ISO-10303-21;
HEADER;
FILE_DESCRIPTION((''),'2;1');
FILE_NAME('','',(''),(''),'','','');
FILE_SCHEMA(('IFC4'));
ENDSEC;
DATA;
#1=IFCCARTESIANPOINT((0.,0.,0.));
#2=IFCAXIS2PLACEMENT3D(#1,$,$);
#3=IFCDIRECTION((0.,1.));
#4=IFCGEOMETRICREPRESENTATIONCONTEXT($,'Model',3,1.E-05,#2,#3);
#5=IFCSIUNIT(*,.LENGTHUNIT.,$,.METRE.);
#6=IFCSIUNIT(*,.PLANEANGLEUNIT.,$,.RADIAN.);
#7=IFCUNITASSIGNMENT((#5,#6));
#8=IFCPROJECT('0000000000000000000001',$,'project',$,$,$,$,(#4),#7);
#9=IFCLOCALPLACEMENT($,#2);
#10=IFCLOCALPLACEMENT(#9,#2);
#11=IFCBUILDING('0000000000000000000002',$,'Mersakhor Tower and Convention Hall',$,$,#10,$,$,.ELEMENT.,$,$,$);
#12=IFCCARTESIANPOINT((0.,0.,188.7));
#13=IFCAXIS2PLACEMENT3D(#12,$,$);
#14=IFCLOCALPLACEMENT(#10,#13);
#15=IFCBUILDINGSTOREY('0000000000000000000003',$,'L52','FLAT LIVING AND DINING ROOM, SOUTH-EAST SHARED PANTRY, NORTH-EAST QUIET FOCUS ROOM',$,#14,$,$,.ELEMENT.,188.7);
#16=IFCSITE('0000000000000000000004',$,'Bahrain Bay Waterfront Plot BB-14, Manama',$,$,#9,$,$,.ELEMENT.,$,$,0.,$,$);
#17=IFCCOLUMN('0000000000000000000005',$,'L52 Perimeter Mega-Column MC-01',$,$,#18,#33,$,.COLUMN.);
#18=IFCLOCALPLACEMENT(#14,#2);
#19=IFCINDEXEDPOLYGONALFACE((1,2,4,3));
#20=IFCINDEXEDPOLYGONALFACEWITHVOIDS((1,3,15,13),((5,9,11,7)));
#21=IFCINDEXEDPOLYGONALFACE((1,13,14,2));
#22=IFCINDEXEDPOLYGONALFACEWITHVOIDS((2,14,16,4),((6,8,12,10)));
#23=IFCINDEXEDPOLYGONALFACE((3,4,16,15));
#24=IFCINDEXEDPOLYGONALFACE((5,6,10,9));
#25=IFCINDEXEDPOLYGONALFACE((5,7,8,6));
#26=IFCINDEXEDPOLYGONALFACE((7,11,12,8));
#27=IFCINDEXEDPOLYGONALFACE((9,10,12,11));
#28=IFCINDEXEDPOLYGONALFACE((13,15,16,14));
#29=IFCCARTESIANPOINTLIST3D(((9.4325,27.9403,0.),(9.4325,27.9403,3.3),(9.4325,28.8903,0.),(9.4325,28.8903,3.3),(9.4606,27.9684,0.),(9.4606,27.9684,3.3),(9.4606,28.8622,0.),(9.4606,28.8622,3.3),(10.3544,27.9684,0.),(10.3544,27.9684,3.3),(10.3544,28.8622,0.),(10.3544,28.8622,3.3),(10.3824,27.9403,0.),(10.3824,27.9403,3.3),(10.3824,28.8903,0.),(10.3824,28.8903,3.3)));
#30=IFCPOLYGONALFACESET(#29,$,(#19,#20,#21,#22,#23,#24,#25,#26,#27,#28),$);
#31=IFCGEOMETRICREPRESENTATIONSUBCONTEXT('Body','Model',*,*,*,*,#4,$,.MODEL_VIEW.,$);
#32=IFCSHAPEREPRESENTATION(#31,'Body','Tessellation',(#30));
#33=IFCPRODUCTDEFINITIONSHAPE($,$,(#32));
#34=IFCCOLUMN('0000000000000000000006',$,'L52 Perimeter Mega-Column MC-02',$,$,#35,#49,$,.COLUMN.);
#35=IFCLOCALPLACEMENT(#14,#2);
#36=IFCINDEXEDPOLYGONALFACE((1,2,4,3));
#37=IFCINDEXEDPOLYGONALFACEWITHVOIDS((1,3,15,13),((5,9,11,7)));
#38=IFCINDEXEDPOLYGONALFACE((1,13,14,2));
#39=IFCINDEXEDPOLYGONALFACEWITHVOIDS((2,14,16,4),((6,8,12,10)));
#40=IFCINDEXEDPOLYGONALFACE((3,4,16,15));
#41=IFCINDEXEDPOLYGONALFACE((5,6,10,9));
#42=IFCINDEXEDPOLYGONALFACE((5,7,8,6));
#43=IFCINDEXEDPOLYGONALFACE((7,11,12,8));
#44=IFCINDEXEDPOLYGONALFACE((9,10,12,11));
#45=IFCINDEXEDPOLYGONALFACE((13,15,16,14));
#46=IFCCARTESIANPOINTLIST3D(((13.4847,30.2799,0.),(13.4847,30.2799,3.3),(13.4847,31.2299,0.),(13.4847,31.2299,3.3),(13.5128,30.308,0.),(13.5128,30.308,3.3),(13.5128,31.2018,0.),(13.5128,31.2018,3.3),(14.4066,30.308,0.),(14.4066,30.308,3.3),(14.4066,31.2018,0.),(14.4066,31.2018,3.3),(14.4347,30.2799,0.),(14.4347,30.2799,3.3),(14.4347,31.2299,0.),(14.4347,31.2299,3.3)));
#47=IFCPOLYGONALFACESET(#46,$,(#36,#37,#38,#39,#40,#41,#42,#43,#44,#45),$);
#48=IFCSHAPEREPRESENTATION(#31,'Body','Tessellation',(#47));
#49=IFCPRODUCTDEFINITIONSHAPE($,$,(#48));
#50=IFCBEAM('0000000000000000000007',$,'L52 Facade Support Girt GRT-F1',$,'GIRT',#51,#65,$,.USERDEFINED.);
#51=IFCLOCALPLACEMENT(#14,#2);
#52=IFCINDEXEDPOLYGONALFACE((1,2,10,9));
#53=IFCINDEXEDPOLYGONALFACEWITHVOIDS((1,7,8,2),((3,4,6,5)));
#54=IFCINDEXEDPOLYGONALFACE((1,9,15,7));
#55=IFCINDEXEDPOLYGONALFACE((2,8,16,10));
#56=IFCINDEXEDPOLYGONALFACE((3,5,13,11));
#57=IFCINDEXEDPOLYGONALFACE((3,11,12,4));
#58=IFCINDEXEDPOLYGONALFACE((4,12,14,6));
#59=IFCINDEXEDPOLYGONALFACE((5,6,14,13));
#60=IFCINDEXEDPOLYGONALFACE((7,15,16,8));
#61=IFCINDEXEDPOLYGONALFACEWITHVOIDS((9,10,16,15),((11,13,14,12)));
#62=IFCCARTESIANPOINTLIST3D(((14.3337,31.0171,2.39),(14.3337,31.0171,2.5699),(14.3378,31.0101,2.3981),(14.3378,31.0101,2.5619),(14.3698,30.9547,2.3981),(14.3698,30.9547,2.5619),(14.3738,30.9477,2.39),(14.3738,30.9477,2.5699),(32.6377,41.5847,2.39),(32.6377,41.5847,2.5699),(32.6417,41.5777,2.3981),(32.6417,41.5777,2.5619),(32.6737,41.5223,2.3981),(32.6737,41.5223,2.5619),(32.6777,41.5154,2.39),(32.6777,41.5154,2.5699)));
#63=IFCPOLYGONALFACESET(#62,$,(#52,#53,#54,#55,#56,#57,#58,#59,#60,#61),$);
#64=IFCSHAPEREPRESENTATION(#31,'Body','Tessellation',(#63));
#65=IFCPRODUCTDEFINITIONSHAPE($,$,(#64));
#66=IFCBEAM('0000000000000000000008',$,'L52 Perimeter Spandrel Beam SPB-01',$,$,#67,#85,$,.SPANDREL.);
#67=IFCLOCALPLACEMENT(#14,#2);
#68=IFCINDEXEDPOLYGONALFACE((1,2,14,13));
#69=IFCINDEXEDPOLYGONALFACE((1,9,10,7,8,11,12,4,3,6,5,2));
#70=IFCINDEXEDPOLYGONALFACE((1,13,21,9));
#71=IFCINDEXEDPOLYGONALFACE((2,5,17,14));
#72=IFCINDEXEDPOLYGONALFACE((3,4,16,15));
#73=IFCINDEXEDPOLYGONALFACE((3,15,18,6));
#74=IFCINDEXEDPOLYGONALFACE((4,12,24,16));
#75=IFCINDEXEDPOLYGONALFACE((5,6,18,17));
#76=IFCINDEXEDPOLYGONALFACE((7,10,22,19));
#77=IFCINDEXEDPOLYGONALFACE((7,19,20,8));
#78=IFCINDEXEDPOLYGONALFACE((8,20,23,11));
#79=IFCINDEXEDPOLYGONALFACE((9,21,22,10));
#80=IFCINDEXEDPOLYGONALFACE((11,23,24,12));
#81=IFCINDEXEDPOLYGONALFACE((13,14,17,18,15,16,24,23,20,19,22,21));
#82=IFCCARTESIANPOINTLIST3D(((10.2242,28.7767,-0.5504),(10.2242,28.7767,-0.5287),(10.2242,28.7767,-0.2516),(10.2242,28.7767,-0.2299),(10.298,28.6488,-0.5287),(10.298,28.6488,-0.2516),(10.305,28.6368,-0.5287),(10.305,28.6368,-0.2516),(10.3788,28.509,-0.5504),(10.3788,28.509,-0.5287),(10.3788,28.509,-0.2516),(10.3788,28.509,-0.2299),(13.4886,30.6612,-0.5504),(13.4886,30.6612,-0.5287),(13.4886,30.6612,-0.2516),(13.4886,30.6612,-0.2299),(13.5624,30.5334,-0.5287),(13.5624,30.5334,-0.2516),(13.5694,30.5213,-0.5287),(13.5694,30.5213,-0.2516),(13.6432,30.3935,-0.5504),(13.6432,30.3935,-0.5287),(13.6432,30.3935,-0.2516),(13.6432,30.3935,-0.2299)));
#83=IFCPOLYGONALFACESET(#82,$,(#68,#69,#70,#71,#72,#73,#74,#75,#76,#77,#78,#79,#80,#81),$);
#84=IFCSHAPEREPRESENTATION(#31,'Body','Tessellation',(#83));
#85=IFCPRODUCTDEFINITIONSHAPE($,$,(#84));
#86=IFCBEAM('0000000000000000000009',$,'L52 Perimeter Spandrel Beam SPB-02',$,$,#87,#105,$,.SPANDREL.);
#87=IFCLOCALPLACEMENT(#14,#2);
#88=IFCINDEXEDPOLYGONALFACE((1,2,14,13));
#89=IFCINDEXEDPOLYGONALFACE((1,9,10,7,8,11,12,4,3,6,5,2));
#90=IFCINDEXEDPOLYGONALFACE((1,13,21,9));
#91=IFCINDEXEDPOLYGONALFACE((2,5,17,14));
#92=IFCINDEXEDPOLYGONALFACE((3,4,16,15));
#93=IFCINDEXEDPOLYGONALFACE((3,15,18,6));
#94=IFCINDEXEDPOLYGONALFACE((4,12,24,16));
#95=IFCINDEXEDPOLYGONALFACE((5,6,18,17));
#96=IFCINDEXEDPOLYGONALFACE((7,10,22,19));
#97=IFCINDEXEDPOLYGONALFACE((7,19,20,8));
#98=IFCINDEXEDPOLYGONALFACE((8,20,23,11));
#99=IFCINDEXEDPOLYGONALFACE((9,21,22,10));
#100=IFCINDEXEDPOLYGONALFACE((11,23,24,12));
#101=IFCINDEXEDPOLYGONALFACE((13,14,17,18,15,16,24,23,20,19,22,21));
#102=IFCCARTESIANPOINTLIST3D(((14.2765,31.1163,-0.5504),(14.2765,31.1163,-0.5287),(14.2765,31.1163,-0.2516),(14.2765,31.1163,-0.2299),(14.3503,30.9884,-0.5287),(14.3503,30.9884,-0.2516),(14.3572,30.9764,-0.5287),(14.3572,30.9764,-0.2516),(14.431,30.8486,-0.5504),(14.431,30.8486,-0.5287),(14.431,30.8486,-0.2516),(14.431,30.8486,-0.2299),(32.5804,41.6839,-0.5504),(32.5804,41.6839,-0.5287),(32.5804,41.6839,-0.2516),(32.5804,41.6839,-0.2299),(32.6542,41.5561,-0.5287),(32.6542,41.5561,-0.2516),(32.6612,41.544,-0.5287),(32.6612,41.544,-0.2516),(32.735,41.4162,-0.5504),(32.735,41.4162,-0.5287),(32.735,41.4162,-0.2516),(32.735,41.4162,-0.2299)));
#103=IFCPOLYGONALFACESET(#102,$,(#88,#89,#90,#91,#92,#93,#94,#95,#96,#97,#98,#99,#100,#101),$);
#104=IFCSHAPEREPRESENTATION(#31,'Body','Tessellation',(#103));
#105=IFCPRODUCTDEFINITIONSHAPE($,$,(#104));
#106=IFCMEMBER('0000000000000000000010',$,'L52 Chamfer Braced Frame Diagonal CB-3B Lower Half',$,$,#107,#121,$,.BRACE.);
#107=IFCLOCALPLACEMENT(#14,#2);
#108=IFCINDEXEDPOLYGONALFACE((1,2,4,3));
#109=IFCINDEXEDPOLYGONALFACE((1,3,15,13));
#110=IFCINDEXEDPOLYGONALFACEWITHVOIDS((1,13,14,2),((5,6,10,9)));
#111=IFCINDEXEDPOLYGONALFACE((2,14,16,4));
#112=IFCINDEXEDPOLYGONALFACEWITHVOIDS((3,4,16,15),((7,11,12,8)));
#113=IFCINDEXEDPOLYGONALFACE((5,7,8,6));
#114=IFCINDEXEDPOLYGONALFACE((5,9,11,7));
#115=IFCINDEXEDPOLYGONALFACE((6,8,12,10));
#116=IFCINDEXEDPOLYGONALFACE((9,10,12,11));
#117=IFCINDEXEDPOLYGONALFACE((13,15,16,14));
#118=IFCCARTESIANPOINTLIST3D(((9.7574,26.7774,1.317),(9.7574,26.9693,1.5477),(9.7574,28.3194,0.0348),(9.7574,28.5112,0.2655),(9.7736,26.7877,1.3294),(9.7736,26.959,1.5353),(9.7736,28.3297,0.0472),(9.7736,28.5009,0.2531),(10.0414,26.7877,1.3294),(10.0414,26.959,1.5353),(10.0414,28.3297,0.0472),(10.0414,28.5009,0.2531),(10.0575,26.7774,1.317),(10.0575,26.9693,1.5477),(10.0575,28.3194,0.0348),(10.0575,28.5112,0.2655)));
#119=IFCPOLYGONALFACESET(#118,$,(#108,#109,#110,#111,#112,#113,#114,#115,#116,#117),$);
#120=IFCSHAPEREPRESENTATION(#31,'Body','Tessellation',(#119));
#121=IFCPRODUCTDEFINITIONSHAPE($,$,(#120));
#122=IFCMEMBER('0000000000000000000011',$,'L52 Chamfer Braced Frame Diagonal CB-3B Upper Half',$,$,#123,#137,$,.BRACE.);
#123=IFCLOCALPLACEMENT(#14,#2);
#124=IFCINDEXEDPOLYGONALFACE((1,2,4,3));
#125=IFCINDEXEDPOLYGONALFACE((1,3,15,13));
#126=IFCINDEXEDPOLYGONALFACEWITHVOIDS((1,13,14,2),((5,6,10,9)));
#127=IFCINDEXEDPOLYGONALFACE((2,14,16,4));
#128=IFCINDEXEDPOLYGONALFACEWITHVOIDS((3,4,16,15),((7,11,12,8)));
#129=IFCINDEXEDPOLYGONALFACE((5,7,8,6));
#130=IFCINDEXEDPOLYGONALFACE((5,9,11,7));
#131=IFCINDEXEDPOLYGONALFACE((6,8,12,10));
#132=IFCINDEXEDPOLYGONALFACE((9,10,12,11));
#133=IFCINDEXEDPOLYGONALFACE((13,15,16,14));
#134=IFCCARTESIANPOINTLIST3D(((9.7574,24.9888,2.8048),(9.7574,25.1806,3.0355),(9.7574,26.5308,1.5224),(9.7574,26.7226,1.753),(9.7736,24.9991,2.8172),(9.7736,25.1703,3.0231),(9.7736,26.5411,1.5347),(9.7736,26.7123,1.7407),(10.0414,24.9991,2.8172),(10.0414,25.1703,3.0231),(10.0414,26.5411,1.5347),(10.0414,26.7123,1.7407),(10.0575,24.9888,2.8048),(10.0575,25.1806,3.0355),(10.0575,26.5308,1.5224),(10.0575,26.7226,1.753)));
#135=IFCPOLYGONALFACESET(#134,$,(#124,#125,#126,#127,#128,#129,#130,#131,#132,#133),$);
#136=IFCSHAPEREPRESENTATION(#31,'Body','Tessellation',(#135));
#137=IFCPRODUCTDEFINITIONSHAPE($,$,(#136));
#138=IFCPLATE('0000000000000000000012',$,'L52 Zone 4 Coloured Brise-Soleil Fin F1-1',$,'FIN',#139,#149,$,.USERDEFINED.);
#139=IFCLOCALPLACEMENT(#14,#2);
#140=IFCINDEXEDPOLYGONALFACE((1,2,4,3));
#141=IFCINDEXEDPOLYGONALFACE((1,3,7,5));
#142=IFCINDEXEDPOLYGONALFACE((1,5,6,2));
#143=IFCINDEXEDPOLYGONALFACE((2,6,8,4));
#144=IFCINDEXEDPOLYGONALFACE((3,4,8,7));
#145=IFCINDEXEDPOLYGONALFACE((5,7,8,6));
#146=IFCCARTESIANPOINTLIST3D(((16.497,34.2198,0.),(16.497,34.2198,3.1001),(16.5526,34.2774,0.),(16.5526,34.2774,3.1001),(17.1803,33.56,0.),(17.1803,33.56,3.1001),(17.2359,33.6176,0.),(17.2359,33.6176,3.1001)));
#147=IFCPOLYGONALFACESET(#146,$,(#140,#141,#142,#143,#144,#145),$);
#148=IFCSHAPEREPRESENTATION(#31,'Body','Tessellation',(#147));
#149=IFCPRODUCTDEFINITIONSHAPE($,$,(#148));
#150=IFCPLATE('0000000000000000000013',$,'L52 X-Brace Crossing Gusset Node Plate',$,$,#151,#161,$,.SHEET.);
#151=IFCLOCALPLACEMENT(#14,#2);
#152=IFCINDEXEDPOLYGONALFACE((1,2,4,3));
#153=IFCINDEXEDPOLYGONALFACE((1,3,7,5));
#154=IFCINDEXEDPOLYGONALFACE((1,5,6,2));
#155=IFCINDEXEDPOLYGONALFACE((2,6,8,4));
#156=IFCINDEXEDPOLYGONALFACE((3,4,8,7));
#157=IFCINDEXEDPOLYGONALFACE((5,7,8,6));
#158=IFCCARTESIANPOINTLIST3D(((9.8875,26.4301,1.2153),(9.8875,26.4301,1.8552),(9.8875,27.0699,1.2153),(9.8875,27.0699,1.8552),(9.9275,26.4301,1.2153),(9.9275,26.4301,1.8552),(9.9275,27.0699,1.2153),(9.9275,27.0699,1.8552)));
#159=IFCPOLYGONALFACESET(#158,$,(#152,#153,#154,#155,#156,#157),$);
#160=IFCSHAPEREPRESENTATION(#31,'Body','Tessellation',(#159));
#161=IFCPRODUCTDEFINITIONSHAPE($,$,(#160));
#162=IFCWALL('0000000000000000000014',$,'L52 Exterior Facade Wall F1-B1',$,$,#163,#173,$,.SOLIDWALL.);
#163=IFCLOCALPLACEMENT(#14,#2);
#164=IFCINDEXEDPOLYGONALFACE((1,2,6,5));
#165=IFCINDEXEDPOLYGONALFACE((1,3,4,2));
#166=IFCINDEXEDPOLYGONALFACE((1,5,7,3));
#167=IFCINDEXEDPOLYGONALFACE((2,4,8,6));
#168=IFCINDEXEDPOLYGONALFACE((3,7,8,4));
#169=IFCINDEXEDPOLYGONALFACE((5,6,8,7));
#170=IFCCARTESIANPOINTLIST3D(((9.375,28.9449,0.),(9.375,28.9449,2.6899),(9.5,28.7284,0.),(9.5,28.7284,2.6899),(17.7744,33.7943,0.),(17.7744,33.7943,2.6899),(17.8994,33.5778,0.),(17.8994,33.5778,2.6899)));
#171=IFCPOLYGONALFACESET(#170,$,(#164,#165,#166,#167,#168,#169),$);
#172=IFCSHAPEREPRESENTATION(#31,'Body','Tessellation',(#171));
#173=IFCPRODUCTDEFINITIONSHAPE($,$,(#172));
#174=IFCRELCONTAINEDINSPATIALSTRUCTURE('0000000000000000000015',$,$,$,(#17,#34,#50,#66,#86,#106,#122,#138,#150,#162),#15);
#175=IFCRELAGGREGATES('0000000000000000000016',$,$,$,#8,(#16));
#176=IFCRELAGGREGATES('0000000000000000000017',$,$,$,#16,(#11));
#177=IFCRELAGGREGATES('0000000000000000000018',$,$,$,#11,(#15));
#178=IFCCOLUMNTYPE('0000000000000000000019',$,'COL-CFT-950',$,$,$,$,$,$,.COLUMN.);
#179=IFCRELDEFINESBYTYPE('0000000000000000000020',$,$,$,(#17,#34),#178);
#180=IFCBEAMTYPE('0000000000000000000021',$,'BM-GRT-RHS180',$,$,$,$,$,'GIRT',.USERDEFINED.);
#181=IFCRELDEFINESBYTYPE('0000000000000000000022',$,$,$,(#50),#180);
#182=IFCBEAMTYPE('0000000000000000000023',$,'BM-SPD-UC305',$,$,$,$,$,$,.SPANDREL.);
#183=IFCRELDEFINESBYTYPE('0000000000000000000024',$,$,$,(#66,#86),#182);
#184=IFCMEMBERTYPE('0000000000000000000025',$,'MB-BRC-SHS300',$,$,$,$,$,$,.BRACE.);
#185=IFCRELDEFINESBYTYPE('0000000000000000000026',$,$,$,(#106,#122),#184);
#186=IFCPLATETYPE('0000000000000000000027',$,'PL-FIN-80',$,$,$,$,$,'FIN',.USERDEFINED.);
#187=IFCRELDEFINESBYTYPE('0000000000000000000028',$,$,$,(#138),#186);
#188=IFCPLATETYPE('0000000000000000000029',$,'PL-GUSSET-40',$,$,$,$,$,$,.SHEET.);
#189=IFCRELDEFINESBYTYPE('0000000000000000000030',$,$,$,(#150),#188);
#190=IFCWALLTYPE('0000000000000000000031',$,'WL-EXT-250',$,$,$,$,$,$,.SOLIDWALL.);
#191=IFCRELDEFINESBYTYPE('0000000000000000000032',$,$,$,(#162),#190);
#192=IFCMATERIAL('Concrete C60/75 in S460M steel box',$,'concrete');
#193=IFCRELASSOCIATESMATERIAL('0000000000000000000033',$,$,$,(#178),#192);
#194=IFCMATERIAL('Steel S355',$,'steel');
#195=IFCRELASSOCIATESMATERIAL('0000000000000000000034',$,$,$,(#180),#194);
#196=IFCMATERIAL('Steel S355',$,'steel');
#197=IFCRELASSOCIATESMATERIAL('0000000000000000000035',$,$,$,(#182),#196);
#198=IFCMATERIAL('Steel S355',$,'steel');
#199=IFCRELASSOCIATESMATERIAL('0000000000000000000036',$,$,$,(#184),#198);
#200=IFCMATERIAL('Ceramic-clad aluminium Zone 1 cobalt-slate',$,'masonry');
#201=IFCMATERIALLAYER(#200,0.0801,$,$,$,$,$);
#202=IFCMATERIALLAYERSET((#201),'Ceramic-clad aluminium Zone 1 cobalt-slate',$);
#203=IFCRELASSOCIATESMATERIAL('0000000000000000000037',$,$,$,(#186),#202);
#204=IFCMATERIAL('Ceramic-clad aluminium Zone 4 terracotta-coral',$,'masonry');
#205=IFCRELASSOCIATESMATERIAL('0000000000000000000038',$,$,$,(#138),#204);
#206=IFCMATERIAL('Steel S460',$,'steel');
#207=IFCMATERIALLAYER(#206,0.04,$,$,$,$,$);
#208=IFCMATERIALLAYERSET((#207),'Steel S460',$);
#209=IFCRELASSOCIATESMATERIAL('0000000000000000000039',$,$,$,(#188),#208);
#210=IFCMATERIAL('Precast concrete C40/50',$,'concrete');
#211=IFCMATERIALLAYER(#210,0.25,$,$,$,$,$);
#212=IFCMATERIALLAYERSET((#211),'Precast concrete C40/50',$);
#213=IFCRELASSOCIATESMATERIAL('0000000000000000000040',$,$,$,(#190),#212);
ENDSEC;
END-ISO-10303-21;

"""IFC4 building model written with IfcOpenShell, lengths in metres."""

from ifc_helpers import new_model, si_unit, direction, frame, frame_2d, origin, origin_2d, place, context, subcontext, project, spatial, rectangle, hollow_rectangle, i_section, extrude, material, layer, layer_set, material_profile, profile_set, type_object, element, save


model = new_model("IFC4")

# Units and contexts
model_context = context("Model", 3, precision=1e-05, world=origin(), true_north=direction((0.0, 1.0)))
body_context = subcontext(model_context, "Body", "Model", "MODEL_VIEW")
ifc_project = project(units=[si_unit("LENGTHUNIT", "METRE"), si_unit("PLANEANGLEUNIT", "RADIAN")], contexts=[model_context])

# Site, building, storey
site_placement = place(None, origin())
site = spatial("IfcSite", under=ifc_project, at=site_placement, Name="Bahrain Bay Waterfront Plot BB-14, Manama", CompositionType="ELEMENT", RefElevation=0.0)
building_placement = place(site_placement, origin())
building = spatial("IfcBuilding", under=site, at=building_placement, Name="Mersakhor Tower and Convention Hall", CompositionType="ELEMENT")
storey_placement = place(building_placement, frame((0.0, 0.0, 188.7)))
storey = spatial("IfcBuildingStorey", under=building, at=storey_placement, Name="L52", Description="FLAT LIVING AND DINING ROOM, SOUTH-EAST SHARED PANTRY, NORTH-EAST QUIET FOCUS ROOM", CompositionType="ELEMENT", Elevation=188.7)

# Columns
ifc_material_1 = material(Name="Concrete C60/75 in S460M steel box", Category="concrete")
ifc_material_profile_1 = material_profile(ifc_material_1, hollow_rectangle(XDim=0.95, YDim=0.95, WallThickness=0.0281, at=origin_2d()), Name="SHS 950x950x28")
ifc_profile_set_1 = profile_set([ifc_material_profile_1], Name="Concrete C60/75 in S460M steel box")
column_type = type_object("IfcColumnType", Name="COL-CFT-950", PredefinedType="COLUMN", material=ifc_profile_set_1)
for number, where, z_axis, x_axis, name in (
    (1, (9.9075, 28.4153, 0.0), (0.0, 0.0, 1.0), (1.0, 0.0, 0.0), "L52 Perimeter Mega-Column MC-01"),
    (2, (13.9597, 30.7549, 0.0), (0.0, 0.0, 1.0), (1.0, 0.0, 0.0), "L52 Perimeter Mega-Column MC-02"),
):
    element("IfcColumn", number, at=place(storey_placement, frame(where, z_axis=z_axis, x_axis=x_axis)), inside=storey, type_object=column_type, Name=name, PredefinedType="COLUMN", context=body_context, shape_type="SweptSolid", body=[
        extrude(hollow_rectangle(XDim=0.95, YDim=0.95, WallThickness=0.0281, at=origin_2d()), origin(), (0.0, 0.0, 1.0), 3.3),
    ])

# Beams
ifc_material_2 = material(Name="Steel S355", Category="steel")
ifc_material_profile_2 = material_profile(ifc_material_2, hollow_rectangle(XDim=0.0801, YDim=0.1799, WallThickness=0.0081, at=origin_2d()), Name="RHS 180x80x8")
ifc_profile_set_2 = profile_set([ifc_material_profile_2], Name="Steel S355")
beam_type_1 = type_object("IfcBeamType", Name="BM-GRT-RHS180", ElementType="GIRT", PredefinedType="USERDEFINED", material=ifc_profile_set_2)
beam_1_placement = place(storey_placement, frame((14.3538, 30.9824, 2.48), z_axis=(0.866029, 0.499994, 0.0), x_axis=(-0.499994, 0.866029, 0.0)))
element("IfcBeam", 3, at=beam_1_placement, inside=storey, type_object=beam_type_1, Name="L52 Facade Support Girt GRT-F1", ObjectType="GIRT", PredefinedType="USERDEFINED", context=body_context, shape_type="SweptSolid", body=[
    extrude(hollow_rectangle(XDim=0.0801, YDim=0.1799, WallThickness=0.0081, at=origin_2d()), origin(), (0.0, 0.0, 1.0), 21.1355),
])
ifc_material_3 = material(Name="Steel S355", Category="steel")
ifc_material_profile_3 = material_profile(ifc_material_3, i_section(OverallWidth=0.3091, OverallDepth=0.3206, WebThickness=0.0139, FlangeThickness=0.0217, at=origin_2d()), Name="UC 305x305x137")
ifc_profile_set_3 = profile_set([ifc_material_profile_3], Name="Steel S355")
beam_type_2 = type_object("IfcBeamType", Name="BM-SPD-UC305", PredefinedType="SPANDREL", material=ifc_profile_set_3)
beam_2_placement = place(storey_placement, frame((10.3015, 28.6428, -0.3901), z_axis=(0.866046, 0.499964, 0.0), x_axis=(-0.499964, 0.866046, 0.0)))
element("IfcBeam", 4, at=beam_2_placement, inside=storey, type_object=beam_type_2, Name="L52 Perimeter Spandrel Beam SPB-01", PredefinedType="SPANDREL", context=body_context, shape_type="SweptSolid", body=[
    extrude(i_section(OverallWidth=0.3091, OverallDepth=0.3206, WebThickness=0.0139, FlangeThickness=0.0217, at=origin_2d()), origin(), (0.0, 0.0, 1.0), 3.7693),
])
beam_3_placement = place(storey_placement, frame((14.3538, 30.9824, -0.3901), z_axis=(0.866029, 0.499994, 0.0), x_axis=(-0.499994, 0.866029, 0.0)))
element("IfcBeam", 5, at=beam_3_placement, inside=storey, type_object=beam_type_2, Name="L52 Perimeter Spandrel Beam SPB-02", PredefinedType="SPANDREL", context=body_context, shape_type="SweptSolid", body=[
    extrude(i_section(OverallWidth=0.3091, OverallDepth=0.3206, WebThickness=0.0139, FlangeThickness=0.0217, at=origin_2d()), origin(), (0.0, 0.0, 1.0), 21.1355),
])

# Members
ifc_material_4 = material(Name="Steel S355", Category="steel")
ifc_material_profile_4 = material_profile(ifc_material_4, hollow_rectangle(XDim=0.3, YDim=0.3, WallThickness=0.0161, at=origin_2d()), Name="SHS 300x300x16")
ifc_profile_set_4 = profile_set([ifc_material_profile_4], Name="Steel S355")
member_type = type_object("IfcMemberType", Name="MB-BRC-SHS300", PredefinedType="BRACE", material=ifc_profile_set_4)
member_1_placement = place(storey_placement, frame((9.9075, 28.4153, 0.1501), z_axis=(0.0, -0.768899, 0.63937), x_axis=(1.0, 0.0, 0.0)))
element("IfcMember", 6, at=member_1_placement, inside=storey, type_object=member_type, Name="L52 Chamfer Braced Frame Diagonal CB-3B Lower Half", PredefinedType="BRACE", context=body_context, shape_type="SweptSolid", body=[
    extrude(hollow_rectangle(XDim=0.3, YDim=0.3, WallThickness=0.0161, at=origin_2d()), origin(), (0.0, 0.0, 1.0), 2.0054),
])
member_2_placement = place(storey_placement, frame((9.9075, 26.6267, 1.6377), z_axis=(0.0, -0.76884, 0.639442), x_axis=(1.0, 0.0, 0.0)))
element("IfcMember", 7, at=member_2_placement, inside=storey, type_object=member_type, Name="L52 Chamfer Braced Frame Diagonal CB-3B Upper Half", PredefinedType="BRACE", context=body_context, shape_type="SweptSolid", body=[
    extrude(hollow_rectangle(XDim=0.3, YDim=0.3, WallThickness=0.0161, at=origin_2d()), origin(), (0.0, 0.0, 1.0), 2.0056),
])

# Plates
ifc_material_5 = material(Name="Ceramic-clad aluminium Zone 4 terracotta-coral", Category="masonry")
ifc_material_6 = material(Name="Ceramic-clad aluminium Zone 1 cobalt-slate", Category="masonry")
ifc_layer_1 = layer(ifc_material_6, 0.0801)
ifc_layer_set_1 = layer_set([ifc_layer_1], Name="Ceramic-clad aluminium Zone 1 cobalt-slate")
plate_type_1 = type_object("IfcPlateType", Name="PL-FIN-80", ElementType="FIN", PredefinedType="USERDEFINED", material=ifc_layer_set_1)
plate_1_placement = place(storey_placement, frame((16.8665, 33.9187, 0.0), z_axis=(0.0, 0.0, 1.0), x_axis=(-0.71934, 0.694658, 0.0)))
element("IfcPlate", 8, at=plate_1_placement, inside=storey, type_object=plate_type_1, material=ifc_material_5, Name="L52 Zone 4 Coloured Brise-Soleil Fin F1-1", ObjectType="FIN", PredefinedType="USERDEFINED", context=body_context, shape_type="SweptSolid", body=[
    extrude(rectangle(XDim=0.95, YDim=0.0801, at=origin_2d()), origin(), (0.0, 0.0, 1.0), 3.1001),
])
ifc_material_7 = material(Name="Steel S460", Category="steel")
ifc_layer_2 = layer(ifc_material_7, 0.04)
ifc_layer_set_2 = layer_set([ifc_layer_2], Name="Steel S460")
plate_type_2 = type_object("IfcPlateType", Name="PL-GUSSET-40", PredefinedType="SHEET", material=ifc_layer_set_2)
plate_2_placement = place(storey_placement, frame((9.9075, 26.75, 1.2153), z_axis=(0.0, 0.0, 1.0), x_axis=(0.0, -1.0, 0.0)))
element("IfcPlate", 9, at=plate_2_placement, inside=storey, type_object=plate_type_2, Name="L52 X-Brace Crossing Gusset Node Plate", PredefinedType="SHEET", context=body_context, shape_type="SweptSolid", body=[
    extrude(rectangle(XDim=0.6399, YDim=0.04, at=origin_2d()), origin(), (0.0, 0.0, 1.0), 0.6399),
])

# Wall
ifc_material_8 = material(Name="Precast concrete C40/50", Category="concrete")
ifc_layer_3 = layer(ifc_material_8, 0.25)
ifc_layer_set_3 = layer_set([ifc_layer_3], Name="Precast concrete C40/50")
wall_type_1 = type_object("IfcWallType", Name="WL-EXT-250", PredefinedType="SOLIDWALL", material=ifc_layer_set_3)
wall_1_placement = place(storey_placement, frame((9.4375, 28.8367, 0.0), z_axis=(0.0, 0.0, 1.0), x_axis=(0.866027, 0.499997, 0.0)))
element("IfcWall", 10, at=wall_1_placement, inside=storey, type_object=wall_type_1, Name="L52 Exterior Facade Wall F1-B1", PredefinedType="SOLIDWALL", context=body_context, shape_type="SweptSolid", body=[
    extrude(rectangle(XDim=9.6987, YDim=0.25, at=frame_2d((4.8494, 0.0))), origin(), (0.0, 0.0, 1.0), 2.6899),
])

save(model, "model.ifc")
